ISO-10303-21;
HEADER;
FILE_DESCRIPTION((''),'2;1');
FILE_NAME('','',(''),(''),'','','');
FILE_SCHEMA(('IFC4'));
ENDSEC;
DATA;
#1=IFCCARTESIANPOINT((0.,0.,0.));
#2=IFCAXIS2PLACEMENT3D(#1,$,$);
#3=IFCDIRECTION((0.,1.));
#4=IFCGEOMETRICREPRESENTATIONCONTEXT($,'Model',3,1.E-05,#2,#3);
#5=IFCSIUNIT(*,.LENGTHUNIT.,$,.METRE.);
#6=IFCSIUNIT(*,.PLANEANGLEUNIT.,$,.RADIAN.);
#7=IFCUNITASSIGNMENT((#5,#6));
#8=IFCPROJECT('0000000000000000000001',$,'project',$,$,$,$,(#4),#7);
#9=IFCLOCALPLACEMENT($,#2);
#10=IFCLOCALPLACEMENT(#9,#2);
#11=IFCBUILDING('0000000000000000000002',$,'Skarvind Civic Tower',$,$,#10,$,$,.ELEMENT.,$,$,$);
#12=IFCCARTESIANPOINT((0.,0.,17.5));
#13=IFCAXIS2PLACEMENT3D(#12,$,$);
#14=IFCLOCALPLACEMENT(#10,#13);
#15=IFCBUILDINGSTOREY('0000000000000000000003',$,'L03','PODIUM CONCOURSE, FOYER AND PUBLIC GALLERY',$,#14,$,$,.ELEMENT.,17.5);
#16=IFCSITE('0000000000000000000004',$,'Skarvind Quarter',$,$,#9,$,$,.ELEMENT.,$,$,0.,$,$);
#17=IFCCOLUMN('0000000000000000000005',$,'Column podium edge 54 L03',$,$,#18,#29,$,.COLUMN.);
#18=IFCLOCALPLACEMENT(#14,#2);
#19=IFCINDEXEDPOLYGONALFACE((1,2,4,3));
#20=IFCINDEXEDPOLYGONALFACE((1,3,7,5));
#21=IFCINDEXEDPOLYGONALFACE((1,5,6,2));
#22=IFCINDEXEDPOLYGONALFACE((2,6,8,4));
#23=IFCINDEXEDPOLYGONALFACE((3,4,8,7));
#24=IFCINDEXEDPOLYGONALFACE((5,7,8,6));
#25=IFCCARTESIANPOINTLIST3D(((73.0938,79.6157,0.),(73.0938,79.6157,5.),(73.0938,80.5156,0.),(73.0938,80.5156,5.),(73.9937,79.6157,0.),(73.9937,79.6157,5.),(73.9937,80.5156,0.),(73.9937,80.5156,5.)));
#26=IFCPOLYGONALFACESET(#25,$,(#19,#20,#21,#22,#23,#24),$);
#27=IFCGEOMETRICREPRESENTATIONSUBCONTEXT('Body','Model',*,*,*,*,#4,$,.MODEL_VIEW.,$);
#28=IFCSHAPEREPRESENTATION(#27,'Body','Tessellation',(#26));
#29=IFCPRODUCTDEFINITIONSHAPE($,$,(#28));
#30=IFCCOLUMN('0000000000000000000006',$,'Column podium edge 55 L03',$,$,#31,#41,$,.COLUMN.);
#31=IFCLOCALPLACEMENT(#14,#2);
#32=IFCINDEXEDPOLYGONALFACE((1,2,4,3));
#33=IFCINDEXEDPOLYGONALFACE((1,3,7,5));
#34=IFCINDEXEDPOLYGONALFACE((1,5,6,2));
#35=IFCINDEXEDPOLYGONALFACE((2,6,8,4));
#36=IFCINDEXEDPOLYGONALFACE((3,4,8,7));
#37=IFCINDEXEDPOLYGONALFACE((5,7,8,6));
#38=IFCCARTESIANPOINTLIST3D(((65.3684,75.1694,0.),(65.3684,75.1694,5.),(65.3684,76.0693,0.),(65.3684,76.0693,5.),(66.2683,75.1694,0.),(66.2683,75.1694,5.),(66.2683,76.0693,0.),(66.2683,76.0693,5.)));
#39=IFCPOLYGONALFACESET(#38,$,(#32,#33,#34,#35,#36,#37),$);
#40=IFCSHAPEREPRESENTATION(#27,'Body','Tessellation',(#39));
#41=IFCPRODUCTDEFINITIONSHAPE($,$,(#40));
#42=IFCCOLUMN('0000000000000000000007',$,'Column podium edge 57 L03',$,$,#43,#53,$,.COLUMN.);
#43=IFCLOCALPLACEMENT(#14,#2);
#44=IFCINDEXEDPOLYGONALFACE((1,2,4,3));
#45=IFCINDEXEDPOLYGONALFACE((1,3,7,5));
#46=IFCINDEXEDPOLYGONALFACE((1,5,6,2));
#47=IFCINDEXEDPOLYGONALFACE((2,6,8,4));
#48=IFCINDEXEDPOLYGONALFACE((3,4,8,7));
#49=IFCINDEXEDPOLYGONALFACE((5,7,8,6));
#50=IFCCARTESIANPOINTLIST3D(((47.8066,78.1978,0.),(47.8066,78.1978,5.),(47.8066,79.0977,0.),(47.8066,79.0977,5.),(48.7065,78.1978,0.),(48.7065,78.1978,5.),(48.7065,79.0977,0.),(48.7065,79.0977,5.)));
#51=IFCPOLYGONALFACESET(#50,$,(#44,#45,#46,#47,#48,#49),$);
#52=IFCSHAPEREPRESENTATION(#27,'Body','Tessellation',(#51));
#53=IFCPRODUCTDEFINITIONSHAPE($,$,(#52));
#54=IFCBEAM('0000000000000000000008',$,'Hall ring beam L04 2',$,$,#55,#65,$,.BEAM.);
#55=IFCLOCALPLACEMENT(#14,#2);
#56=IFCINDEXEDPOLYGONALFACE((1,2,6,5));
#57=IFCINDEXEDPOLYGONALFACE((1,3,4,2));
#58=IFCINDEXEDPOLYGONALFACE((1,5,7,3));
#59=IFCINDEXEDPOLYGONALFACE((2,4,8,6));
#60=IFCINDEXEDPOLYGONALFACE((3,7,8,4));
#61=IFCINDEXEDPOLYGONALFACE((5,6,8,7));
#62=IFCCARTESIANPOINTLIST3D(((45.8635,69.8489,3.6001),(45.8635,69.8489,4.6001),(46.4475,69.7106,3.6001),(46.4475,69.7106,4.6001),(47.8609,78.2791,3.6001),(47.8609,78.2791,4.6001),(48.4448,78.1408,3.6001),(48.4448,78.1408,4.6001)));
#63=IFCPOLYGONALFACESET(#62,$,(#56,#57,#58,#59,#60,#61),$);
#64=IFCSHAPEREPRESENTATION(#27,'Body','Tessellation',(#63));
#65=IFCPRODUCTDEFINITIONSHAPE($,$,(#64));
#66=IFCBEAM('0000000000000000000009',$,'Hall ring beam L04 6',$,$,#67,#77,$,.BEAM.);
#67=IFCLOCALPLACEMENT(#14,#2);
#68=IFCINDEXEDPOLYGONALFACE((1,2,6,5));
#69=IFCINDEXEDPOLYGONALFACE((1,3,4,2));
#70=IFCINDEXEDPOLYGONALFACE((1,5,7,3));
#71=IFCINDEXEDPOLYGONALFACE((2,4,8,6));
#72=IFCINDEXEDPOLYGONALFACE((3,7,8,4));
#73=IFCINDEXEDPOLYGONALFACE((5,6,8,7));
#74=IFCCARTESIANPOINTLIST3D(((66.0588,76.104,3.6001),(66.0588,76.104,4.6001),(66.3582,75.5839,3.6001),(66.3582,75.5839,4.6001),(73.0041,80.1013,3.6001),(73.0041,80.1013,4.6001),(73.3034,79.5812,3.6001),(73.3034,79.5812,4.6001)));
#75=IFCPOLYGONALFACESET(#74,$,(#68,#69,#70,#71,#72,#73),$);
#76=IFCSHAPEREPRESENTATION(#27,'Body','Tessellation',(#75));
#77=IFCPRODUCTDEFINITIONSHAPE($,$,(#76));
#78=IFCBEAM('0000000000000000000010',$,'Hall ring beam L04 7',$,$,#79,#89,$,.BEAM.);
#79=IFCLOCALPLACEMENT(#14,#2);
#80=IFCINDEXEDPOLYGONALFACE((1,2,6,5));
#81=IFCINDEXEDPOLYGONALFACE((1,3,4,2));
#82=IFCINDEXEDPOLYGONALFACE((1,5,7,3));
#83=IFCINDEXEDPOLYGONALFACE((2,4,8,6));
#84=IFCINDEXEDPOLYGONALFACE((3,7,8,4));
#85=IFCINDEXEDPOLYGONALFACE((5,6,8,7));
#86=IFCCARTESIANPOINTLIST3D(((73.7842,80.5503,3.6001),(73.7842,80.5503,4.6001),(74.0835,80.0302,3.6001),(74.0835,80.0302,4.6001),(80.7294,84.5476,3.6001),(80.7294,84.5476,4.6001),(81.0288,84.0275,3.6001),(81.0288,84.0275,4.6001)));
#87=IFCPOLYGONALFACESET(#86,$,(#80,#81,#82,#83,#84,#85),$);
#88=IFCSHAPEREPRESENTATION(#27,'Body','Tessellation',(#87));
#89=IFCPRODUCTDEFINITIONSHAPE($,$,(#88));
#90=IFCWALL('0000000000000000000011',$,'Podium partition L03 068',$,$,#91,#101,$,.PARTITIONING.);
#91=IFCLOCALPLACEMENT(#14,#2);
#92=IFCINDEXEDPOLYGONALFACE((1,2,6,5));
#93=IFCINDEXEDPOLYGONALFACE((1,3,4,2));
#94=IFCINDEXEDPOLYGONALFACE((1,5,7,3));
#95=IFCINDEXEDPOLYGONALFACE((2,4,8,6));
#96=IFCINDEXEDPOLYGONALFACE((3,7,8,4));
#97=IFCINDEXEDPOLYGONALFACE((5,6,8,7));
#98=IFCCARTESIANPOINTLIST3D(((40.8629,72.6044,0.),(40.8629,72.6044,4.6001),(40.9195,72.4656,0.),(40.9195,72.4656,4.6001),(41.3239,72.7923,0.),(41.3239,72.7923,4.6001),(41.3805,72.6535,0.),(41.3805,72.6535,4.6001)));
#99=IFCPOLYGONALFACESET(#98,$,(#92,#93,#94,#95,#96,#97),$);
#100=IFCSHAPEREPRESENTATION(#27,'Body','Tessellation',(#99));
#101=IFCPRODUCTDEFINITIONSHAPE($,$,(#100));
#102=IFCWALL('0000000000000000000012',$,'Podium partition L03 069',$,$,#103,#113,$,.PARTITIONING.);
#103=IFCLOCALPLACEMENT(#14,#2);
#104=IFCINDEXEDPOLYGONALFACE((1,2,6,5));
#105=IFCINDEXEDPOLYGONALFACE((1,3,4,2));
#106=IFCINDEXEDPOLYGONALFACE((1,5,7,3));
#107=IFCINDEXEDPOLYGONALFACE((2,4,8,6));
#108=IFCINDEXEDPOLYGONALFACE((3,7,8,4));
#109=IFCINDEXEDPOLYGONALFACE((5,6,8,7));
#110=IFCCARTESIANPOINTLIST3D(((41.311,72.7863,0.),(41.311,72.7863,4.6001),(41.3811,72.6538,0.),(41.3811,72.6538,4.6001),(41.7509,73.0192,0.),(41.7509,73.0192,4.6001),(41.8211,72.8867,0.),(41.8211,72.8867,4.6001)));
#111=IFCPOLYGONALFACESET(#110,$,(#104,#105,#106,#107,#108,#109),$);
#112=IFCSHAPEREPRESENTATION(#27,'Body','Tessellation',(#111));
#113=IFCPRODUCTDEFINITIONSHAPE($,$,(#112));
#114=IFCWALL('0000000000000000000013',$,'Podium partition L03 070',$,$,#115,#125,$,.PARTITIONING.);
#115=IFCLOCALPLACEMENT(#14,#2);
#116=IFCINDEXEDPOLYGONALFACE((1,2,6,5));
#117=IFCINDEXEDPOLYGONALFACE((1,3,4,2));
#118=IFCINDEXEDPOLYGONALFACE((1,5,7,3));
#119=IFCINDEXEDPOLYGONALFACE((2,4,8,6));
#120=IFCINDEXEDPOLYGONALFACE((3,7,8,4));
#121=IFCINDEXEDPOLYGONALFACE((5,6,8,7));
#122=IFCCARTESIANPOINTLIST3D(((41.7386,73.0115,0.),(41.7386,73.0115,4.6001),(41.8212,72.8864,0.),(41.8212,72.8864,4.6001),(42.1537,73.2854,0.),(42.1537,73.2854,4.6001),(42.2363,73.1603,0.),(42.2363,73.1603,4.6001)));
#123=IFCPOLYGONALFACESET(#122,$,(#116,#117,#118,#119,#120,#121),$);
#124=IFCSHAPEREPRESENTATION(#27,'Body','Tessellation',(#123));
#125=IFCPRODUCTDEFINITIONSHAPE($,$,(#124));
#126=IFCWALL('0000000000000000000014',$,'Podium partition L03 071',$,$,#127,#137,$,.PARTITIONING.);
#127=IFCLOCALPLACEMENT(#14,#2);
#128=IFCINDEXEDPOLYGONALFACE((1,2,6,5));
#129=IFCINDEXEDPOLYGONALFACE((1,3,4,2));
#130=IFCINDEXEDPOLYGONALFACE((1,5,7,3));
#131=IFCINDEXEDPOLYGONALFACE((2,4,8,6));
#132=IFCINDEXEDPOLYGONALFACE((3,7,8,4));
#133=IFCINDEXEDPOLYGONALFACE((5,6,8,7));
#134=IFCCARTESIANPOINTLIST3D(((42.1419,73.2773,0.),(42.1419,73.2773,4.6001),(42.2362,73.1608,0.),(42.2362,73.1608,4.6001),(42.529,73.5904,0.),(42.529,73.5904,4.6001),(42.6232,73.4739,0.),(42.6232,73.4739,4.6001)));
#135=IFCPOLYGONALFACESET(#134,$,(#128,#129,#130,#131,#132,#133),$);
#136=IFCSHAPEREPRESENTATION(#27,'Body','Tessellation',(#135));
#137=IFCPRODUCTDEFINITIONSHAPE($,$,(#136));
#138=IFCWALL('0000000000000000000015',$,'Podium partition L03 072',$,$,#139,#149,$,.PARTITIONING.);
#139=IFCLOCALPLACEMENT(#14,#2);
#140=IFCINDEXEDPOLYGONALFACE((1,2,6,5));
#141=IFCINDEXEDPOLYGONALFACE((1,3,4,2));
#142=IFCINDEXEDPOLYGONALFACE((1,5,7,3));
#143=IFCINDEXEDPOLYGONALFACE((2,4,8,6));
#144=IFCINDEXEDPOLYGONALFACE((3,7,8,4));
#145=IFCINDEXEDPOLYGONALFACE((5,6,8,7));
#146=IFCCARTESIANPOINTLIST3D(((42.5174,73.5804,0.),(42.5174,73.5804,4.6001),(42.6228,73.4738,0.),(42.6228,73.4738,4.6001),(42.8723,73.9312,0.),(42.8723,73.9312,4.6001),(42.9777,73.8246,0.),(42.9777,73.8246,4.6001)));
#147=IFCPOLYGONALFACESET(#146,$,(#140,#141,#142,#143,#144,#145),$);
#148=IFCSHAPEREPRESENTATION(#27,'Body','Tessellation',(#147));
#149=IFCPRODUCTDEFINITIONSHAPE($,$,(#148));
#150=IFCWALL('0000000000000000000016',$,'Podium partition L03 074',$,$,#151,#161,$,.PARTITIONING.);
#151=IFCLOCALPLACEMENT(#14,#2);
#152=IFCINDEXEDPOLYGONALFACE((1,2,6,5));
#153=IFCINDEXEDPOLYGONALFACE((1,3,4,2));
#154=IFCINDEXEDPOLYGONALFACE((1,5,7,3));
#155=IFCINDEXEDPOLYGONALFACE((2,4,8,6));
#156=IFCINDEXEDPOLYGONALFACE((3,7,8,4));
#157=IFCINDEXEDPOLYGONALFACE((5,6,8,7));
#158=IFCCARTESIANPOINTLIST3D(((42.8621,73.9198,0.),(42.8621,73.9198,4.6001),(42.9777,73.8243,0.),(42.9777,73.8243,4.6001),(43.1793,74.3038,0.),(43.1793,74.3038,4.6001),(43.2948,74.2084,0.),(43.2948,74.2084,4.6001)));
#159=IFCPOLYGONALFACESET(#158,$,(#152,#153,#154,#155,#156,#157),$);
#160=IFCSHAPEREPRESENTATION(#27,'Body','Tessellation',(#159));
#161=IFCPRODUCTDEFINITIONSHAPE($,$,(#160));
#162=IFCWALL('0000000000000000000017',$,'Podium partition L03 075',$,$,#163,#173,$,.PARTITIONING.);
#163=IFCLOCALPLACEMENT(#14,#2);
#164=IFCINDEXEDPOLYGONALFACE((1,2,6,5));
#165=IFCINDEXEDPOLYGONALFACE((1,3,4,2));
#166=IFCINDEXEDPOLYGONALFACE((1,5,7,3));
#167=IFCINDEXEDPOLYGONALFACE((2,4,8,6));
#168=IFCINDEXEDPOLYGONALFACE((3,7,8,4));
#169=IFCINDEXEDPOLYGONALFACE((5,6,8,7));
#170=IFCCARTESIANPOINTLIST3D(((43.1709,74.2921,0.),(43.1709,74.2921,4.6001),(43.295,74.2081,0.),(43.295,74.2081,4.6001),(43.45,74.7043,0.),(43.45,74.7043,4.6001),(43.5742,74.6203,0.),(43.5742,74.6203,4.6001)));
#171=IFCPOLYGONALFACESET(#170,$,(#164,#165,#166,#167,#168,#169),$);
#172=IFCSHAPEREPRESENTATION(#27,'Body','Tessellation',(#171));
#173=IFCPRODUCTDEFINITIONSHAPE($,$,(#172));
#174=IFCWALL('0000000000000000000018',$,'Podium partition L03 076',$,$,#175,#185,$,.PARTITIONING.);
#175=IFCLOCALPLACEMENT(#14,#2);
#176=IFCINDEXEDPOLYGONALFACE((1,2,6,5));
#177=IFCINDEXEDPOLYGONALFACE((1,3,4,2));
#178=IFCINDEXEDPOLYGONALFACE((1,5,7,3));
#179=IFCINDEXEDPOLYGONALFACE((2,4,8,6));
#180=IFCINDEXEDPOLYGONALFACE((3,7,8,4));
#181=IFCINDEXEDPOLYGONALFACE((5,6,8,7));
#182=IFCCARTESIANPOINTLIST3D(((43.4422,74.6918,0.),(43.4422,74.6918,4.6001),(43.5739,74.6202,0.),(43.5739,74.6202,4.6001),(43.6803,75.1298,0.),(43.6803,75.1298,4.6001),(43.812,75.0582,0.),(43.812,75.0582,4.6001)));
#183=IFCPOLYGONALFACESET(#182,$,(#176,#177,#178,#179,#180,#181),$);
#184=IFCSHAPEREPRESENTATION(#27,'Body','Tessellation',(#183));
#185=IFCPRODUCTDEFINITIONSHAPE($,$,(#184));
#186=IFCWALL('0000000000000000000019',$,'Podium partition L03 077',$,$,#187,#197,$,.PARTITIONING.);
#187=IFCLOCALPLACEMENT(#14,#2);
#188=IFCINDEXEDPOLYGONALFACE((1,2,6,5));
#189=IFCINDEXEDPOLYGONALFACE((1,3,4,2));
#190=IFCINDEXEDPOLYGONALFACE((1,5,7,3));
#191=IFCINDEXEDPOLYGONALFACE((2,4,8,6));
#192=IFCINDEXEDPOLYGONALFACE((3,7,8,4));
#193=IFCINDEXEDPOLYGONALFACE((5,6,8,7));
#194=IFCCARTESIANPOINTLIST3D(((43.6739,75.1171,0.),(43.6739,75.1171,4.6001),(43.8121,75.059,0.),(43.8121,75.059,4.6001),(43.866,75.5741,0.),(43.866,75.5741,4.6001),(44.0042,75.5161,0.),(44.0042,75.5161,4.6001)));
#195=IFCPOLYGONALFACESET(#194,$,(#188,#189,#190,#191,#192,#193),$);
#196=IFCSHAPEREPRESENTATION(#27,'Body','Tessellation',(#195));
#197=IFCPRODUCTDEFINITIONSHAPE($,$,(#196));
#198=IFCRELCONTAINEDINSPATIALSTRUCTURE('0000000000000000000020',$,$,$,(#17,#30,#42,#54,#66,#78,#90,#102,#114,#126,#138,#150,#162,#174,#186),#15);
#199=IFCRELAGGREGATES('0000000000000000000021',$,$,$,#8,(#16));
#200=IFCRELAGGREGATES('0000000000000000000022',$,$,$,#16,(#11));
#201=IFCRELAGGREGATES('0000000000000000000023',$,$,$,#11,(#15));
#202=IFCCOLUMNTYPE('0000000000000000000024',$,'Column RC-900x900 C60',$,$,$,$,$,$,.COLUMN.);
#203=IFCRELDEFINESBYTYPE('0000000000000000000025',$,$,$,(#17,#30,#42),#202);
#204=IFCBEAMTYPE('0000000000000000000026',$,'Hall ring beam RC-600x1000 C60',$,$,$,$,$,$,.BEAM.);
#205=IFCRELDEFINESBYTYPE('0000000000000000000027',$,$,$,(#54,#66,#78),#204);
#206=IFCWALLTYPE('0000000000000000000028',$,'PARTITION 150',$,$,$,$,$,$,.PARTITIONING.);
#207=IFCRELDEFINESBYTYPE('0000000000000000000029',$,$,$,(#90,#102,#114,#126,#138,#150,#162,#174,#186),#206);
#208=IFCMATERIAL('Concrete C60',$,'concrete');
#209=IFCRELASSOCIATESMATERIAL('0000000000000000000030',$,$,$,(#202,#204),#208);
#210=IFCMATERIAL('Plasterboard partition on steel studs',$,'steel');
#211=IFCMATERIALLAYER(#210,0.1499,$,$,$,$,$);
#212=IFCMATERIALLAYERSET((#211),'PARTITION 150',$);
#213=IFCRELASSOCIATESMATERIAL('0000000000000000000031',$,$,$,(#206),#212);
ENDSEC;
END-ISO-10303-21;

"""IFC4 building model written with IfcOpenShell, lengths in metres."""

from ifc_helpers import new_model, si_unit, direction, frame, frame_2d, origin, origin_2d, place, context, subcontext, project, spatial, rectangle, extrude, material, layer, layer_set, material_profile, profile_set, type_object, element, save


model = new_model("IFC4")

# Units and contexts
model_context = context("Model", 3, precision=1e-05, world=origin(), true_north=direction((0.0, 1.0)))
body_context = subcontext(model_context, "Body", "Model", "MODEL_VIEW")
ifc_project = project(units=[si_unit("LENGTHUNIT", "METRE"), si_unit("PLANEANGLEUNIT", "RADIAN")], contexts=[model_context])

# Site, building, storey
site_placement = place(None, origin())
site = spatial("IfcSite", under=ifc_project, at=site_placement, Name="Skarvind Quarter", CompositionType="ELEMENT", RefElevation=0.0)
building_placement = place(site_placement, origin())
building = spatial("IfcBuilding", under=site, at=building_placement, Name="Skarvind Civic Tower", CompositionType="ELEMENT")
storey_placement = place(building_placement, frame((0.0, 0.0, 17.5)))
storey = spatial("IfcBuildingStorey", under=building, at=storey_placement, Name="L03", Description="PODIUM CONCOURSE, FOYER AND PUBLIC GALLERY", CompositionType="ELEMENT", Elevation=17.5)

# Columns
ifc_material_1 = material(Name="Concrete C60", Category="concrete")
ifc_material_profile_1 = material_profile(ifc_material_1, rectangle(XDim=0.8999, YDim=0.8999, at=origin_2d()), Name="RC-900x900")
ifc_profile_set_1 = profile_set([ifc_material_profile_1], Name="Concrete C60")
column_type = type_object("IfcColumnType", Name="Column RC-900x900 C60", PredefinedType="COLUMN", material=ifc_profile_set_1)
for number, where, z_axis, x_axis, name in (
    (1, (73.5437, 80.0657, 0.0), (0.0, 0.0, 1.0), (1.0, 0.0, 0.0), "Column podium edge 54 L03"),
    (2, (65.8184, 75.6194, 0.0), (0.0, 0.0, 1.0), (1.0, 0.0, 0.0), "Column podium edge 55 L03"),
    (3, (48.2566, 78.6477, 0.0), (0.0, 0.0, 1.0), (1.0, 0.0, 0.0), "Column podium edge 57 L03"),
):
    element("IfcColumn", number, at=place(storey_placement, frame(where, z_axis=z_axis, x_axis=x_axis)), inside=storey, type_object=column_type, Name=name, PredefinedType="COLUMN", context=body_context, shape_type="SweptSolid", body=[
        extrude(rectangle(XDim=0.8999, YDim=0.8999, at=origin_2d()), origin(), (0.0, 0.0, 1.0), 5.0),
    ])

# Beams
ifc_material_profile_2 = material_profile(ifc_material_1, rectangle(XDim=0.6001, YDim=1.0, at=origin_2d()), Name="RC-600x1000")
ifc_profile_set_2 = profile_set([ifc_material_profile_2], Name="Concrete C60")
beam_type = type_object("IfcBeamType", Name="Hall ring beam RC-600x1000 C60", PredefinedType="BEAM", material=ifc_profile_set_2)
beam_placement = place(storey_placement, frame((48.1528, 78.21, 4.1001), z_axis=(-0.230542, -0.973062, 0.0), x_axis=(0.973062, -0.230542, 0.0)))
element("IfcBeam", 4, at=beam_placement, inside=storey, type_object=beam_type, Name="Hall ring beam L04 2", PredefinedType="BEAM", context=body_context, shape_type="SweptSolid", body=[
    extrude(rectangle(XDim=0.6001, YDim=1.0, at=origin_2d()), origin(), (0.0, 0.0, 1.0), 8.6636),
])
for number, where, z_axis, x_axis, name in (
    (5, (66.2085, 75.844, 4.1001), (0.866703, 0.498824, 0.0), (-0.498824, 0.866703, 0.0), "Hall ring beam L04 6"),
    (6, (73.9338, 80.2903, 4.1001), (0.866703, 0.498824, 0.0), (-0.498824, 0.866703, 0.0), "Hall ring beam L04 7"),
):
    element("IfcBeam", number, at=place(storey_placement, frame(where, z_axis=z_axis, x_axis=x_axis)), inside=storey, type_object=beam_type, Name=name, PredefinedType="BEAM", context=body_context, shape_type="SweptSolid", body=[
        extrude(rectangle(XDim=0.6001, YDim=1.0, at=origin_2d()), origin(), (0.0, 0.0, 1.0), 8.0134),
    ])

# Walls
ifc_material_2 = material(Name="Plasterboard partition on steel studs", Category="steel")
ifc_layer = layer(ifc_material_2, 0.1499)
ifc_layer_set = layer_set([ifc_layer], Name="PARTITION 150")
wall_type = type_object("IfcWallType", Name="PARTITION 150", PredefinedType="PARTITIONING", material=ifc_layer_set)
for number, where, z_axis, x_axis, name in (
    (7, (40.8911, 72.5349, 0.0), (0.0, 0.0, 1.0), (0.925953, 0.37764, 0.0), "Podium partition L03 068"),
    (8, (41.3459, 72.72, 0.0), (0.0, 0.0, 1.0), (0.883788, 0.467888, 0.0), "Podium partition L03 069"),
):
    element("IfcWall", number, at=place(storey_placement, frame(where, z_axis=z_axis, x_axis=x_axis)), inside=storey, type_object=wall_type, Name=name, PredefinedType="PARTITIONING", context=body_context, shape_type="SweptSolid", body=[
        extrude(rectangle(XDim=0.4978, YDim=0.1499, at=frame_2d((0.249, 0.0))), origin(), (0.0, 0.0, 1.0), 4.6001),
    ])
wall_1_placement = place(storey_placement, frame((41.78, 72.949, 0.0), z_axis=(0.0, 0.0, 1.0), x_axis=(0.834609, 0.550842, 0.0)))
element("IfcWall", 9, at=wall_1_placement, inside=storey, type_object=wall_type, Name="Podium partition L03 070", PredefinedType="PARTITIONING", context=body_context, shape_type="SweptSolid", body=[
    extrude(rectangle(XDim=0.4973, YDim=0.1499, at=frame_2d((0.2485, 0.0))), origin(), (0.0, 0.0, 1.0), 4.6001),
])
wall_2_placement = place(storey_placement, frame((42.189, 73.219, 0.0), z_axis=(0.0, 0.0, 1.0), x_axis=(0.777508, 0.628874, 0.0)))
element("IfcWall", 10, at=wall_2_placement, inside=storey, type_object=wall_type, Name="Podium partition L03 071", PredefinedType="PARTITIONING", context=body_context, shape_type="SweptSolid", body=[
    extrude(rectangle(XDim=0.4978, YDim=0.1499, at=frame_2d((0.249, 0.0))), origin(), (0.0, 0.0, 1.0), 4.6001),
])
wall_3_placement = place(storey_placement, frame((42.5701, 73.5271, 0.0), z_axis=(0.0, 0.0, 1.0), x_axis=(0.711252, 0.702937, 0.0)))
element("IfcWall", 11, at=wall_3_placement, inside=storey, type_object=wall_type, Name="Podium partition L03 072", PredefinedType="PARTITIONING", context=body_context, shape_type="SweptSolid", body=[
    extrude(rectangle(XDim=0.499, YDim=0.1499, at=frame_2d((0.2495, 0.0))), origin(), (0.0, 0.0, 1.0), 4.6001),
])
wall_4_placement = place(storey_placement, frame((42.9199, 73.8721, 0.0), z_axis=(0.0, 0.0, 1.0), x_axis=(0.636755, 0.771066, 0.0)))
element("IfcWall", 12, at=wall_4_placement, inside=storey, type_object=wall_type, Name="Podium partition L03 074", PredefinedType="PARTITIONING", context=body_context, shape_type="SweptSolid", body=[
    extrude(rectangle(XDim=0.498, YDim=0.1499, at=frame_2d((0.249, 0.0))), origin(), (0.0, 0.0, 1.0), 4.6001),
])
wall_5_placement = place(storey_placement, frame((43.2329, 74.25, 0.0), z_axis=(0.0, 0.0, 1.0), x_axis=(0.560685, 0.828029, 0.0)))
element("IfcWall", 13, at=wall_5_placement, inside=storey, type_object=wall_type, Name="Podium partition L03 075", PredefinedType="PARTITIONING", context=body_context, shape_type="SweptSolid", body=[
    extrude(rectangle(XDim=0.4978, YDim=0.1499, at=frame_2d((0.249, 0.0))), origin(), (0.0, 0.0, 1.0), 4.6001),
])
wall_6_placement = place(storey_placement, frame((43.5081, 74.656, 0.0), z_axis=(0.0, 0.0, 1.0), x_axis=(0.477513, 0.878625, 0.0)))
element("IfcWall", 14, at=wall_6_placement, inside=storey, type_object=wall_type, Name="Podium partition L03 076", PredefinedType="PARTITIONING", context=body_context, shape_type="SweptSolid", body=[
    extrude(rectangle(XDim=0.4985, YDim=0.1499, at=frame_2d((0.2493, 0.0))), origin(), (0.0, 0.0, 1.0), 4.6001),
])
wall_7_placement = place(storey_placement, frame((43.7429, 75.0879, 0.0), z_axis=(0.0, 0.0, 1.0), x_axis=(0.387551, 0.921848, 0.0)))
element("IfcWall", 15, at=wall_7_placement, inside=storey, type_object=wall_type, Name="Podium partition L03 077", PredefinedType="PARTITIONING", context=body_context, shape_type="SweptSolid", body=[
    extrude(rectangle(XDim=0.4958, YDim=0.1499, at=frame_2d((0.248, 0.0))), origin(), (0.0, 0.0, 1.0), 4.6001),
])

save(model, "model.ifc")
